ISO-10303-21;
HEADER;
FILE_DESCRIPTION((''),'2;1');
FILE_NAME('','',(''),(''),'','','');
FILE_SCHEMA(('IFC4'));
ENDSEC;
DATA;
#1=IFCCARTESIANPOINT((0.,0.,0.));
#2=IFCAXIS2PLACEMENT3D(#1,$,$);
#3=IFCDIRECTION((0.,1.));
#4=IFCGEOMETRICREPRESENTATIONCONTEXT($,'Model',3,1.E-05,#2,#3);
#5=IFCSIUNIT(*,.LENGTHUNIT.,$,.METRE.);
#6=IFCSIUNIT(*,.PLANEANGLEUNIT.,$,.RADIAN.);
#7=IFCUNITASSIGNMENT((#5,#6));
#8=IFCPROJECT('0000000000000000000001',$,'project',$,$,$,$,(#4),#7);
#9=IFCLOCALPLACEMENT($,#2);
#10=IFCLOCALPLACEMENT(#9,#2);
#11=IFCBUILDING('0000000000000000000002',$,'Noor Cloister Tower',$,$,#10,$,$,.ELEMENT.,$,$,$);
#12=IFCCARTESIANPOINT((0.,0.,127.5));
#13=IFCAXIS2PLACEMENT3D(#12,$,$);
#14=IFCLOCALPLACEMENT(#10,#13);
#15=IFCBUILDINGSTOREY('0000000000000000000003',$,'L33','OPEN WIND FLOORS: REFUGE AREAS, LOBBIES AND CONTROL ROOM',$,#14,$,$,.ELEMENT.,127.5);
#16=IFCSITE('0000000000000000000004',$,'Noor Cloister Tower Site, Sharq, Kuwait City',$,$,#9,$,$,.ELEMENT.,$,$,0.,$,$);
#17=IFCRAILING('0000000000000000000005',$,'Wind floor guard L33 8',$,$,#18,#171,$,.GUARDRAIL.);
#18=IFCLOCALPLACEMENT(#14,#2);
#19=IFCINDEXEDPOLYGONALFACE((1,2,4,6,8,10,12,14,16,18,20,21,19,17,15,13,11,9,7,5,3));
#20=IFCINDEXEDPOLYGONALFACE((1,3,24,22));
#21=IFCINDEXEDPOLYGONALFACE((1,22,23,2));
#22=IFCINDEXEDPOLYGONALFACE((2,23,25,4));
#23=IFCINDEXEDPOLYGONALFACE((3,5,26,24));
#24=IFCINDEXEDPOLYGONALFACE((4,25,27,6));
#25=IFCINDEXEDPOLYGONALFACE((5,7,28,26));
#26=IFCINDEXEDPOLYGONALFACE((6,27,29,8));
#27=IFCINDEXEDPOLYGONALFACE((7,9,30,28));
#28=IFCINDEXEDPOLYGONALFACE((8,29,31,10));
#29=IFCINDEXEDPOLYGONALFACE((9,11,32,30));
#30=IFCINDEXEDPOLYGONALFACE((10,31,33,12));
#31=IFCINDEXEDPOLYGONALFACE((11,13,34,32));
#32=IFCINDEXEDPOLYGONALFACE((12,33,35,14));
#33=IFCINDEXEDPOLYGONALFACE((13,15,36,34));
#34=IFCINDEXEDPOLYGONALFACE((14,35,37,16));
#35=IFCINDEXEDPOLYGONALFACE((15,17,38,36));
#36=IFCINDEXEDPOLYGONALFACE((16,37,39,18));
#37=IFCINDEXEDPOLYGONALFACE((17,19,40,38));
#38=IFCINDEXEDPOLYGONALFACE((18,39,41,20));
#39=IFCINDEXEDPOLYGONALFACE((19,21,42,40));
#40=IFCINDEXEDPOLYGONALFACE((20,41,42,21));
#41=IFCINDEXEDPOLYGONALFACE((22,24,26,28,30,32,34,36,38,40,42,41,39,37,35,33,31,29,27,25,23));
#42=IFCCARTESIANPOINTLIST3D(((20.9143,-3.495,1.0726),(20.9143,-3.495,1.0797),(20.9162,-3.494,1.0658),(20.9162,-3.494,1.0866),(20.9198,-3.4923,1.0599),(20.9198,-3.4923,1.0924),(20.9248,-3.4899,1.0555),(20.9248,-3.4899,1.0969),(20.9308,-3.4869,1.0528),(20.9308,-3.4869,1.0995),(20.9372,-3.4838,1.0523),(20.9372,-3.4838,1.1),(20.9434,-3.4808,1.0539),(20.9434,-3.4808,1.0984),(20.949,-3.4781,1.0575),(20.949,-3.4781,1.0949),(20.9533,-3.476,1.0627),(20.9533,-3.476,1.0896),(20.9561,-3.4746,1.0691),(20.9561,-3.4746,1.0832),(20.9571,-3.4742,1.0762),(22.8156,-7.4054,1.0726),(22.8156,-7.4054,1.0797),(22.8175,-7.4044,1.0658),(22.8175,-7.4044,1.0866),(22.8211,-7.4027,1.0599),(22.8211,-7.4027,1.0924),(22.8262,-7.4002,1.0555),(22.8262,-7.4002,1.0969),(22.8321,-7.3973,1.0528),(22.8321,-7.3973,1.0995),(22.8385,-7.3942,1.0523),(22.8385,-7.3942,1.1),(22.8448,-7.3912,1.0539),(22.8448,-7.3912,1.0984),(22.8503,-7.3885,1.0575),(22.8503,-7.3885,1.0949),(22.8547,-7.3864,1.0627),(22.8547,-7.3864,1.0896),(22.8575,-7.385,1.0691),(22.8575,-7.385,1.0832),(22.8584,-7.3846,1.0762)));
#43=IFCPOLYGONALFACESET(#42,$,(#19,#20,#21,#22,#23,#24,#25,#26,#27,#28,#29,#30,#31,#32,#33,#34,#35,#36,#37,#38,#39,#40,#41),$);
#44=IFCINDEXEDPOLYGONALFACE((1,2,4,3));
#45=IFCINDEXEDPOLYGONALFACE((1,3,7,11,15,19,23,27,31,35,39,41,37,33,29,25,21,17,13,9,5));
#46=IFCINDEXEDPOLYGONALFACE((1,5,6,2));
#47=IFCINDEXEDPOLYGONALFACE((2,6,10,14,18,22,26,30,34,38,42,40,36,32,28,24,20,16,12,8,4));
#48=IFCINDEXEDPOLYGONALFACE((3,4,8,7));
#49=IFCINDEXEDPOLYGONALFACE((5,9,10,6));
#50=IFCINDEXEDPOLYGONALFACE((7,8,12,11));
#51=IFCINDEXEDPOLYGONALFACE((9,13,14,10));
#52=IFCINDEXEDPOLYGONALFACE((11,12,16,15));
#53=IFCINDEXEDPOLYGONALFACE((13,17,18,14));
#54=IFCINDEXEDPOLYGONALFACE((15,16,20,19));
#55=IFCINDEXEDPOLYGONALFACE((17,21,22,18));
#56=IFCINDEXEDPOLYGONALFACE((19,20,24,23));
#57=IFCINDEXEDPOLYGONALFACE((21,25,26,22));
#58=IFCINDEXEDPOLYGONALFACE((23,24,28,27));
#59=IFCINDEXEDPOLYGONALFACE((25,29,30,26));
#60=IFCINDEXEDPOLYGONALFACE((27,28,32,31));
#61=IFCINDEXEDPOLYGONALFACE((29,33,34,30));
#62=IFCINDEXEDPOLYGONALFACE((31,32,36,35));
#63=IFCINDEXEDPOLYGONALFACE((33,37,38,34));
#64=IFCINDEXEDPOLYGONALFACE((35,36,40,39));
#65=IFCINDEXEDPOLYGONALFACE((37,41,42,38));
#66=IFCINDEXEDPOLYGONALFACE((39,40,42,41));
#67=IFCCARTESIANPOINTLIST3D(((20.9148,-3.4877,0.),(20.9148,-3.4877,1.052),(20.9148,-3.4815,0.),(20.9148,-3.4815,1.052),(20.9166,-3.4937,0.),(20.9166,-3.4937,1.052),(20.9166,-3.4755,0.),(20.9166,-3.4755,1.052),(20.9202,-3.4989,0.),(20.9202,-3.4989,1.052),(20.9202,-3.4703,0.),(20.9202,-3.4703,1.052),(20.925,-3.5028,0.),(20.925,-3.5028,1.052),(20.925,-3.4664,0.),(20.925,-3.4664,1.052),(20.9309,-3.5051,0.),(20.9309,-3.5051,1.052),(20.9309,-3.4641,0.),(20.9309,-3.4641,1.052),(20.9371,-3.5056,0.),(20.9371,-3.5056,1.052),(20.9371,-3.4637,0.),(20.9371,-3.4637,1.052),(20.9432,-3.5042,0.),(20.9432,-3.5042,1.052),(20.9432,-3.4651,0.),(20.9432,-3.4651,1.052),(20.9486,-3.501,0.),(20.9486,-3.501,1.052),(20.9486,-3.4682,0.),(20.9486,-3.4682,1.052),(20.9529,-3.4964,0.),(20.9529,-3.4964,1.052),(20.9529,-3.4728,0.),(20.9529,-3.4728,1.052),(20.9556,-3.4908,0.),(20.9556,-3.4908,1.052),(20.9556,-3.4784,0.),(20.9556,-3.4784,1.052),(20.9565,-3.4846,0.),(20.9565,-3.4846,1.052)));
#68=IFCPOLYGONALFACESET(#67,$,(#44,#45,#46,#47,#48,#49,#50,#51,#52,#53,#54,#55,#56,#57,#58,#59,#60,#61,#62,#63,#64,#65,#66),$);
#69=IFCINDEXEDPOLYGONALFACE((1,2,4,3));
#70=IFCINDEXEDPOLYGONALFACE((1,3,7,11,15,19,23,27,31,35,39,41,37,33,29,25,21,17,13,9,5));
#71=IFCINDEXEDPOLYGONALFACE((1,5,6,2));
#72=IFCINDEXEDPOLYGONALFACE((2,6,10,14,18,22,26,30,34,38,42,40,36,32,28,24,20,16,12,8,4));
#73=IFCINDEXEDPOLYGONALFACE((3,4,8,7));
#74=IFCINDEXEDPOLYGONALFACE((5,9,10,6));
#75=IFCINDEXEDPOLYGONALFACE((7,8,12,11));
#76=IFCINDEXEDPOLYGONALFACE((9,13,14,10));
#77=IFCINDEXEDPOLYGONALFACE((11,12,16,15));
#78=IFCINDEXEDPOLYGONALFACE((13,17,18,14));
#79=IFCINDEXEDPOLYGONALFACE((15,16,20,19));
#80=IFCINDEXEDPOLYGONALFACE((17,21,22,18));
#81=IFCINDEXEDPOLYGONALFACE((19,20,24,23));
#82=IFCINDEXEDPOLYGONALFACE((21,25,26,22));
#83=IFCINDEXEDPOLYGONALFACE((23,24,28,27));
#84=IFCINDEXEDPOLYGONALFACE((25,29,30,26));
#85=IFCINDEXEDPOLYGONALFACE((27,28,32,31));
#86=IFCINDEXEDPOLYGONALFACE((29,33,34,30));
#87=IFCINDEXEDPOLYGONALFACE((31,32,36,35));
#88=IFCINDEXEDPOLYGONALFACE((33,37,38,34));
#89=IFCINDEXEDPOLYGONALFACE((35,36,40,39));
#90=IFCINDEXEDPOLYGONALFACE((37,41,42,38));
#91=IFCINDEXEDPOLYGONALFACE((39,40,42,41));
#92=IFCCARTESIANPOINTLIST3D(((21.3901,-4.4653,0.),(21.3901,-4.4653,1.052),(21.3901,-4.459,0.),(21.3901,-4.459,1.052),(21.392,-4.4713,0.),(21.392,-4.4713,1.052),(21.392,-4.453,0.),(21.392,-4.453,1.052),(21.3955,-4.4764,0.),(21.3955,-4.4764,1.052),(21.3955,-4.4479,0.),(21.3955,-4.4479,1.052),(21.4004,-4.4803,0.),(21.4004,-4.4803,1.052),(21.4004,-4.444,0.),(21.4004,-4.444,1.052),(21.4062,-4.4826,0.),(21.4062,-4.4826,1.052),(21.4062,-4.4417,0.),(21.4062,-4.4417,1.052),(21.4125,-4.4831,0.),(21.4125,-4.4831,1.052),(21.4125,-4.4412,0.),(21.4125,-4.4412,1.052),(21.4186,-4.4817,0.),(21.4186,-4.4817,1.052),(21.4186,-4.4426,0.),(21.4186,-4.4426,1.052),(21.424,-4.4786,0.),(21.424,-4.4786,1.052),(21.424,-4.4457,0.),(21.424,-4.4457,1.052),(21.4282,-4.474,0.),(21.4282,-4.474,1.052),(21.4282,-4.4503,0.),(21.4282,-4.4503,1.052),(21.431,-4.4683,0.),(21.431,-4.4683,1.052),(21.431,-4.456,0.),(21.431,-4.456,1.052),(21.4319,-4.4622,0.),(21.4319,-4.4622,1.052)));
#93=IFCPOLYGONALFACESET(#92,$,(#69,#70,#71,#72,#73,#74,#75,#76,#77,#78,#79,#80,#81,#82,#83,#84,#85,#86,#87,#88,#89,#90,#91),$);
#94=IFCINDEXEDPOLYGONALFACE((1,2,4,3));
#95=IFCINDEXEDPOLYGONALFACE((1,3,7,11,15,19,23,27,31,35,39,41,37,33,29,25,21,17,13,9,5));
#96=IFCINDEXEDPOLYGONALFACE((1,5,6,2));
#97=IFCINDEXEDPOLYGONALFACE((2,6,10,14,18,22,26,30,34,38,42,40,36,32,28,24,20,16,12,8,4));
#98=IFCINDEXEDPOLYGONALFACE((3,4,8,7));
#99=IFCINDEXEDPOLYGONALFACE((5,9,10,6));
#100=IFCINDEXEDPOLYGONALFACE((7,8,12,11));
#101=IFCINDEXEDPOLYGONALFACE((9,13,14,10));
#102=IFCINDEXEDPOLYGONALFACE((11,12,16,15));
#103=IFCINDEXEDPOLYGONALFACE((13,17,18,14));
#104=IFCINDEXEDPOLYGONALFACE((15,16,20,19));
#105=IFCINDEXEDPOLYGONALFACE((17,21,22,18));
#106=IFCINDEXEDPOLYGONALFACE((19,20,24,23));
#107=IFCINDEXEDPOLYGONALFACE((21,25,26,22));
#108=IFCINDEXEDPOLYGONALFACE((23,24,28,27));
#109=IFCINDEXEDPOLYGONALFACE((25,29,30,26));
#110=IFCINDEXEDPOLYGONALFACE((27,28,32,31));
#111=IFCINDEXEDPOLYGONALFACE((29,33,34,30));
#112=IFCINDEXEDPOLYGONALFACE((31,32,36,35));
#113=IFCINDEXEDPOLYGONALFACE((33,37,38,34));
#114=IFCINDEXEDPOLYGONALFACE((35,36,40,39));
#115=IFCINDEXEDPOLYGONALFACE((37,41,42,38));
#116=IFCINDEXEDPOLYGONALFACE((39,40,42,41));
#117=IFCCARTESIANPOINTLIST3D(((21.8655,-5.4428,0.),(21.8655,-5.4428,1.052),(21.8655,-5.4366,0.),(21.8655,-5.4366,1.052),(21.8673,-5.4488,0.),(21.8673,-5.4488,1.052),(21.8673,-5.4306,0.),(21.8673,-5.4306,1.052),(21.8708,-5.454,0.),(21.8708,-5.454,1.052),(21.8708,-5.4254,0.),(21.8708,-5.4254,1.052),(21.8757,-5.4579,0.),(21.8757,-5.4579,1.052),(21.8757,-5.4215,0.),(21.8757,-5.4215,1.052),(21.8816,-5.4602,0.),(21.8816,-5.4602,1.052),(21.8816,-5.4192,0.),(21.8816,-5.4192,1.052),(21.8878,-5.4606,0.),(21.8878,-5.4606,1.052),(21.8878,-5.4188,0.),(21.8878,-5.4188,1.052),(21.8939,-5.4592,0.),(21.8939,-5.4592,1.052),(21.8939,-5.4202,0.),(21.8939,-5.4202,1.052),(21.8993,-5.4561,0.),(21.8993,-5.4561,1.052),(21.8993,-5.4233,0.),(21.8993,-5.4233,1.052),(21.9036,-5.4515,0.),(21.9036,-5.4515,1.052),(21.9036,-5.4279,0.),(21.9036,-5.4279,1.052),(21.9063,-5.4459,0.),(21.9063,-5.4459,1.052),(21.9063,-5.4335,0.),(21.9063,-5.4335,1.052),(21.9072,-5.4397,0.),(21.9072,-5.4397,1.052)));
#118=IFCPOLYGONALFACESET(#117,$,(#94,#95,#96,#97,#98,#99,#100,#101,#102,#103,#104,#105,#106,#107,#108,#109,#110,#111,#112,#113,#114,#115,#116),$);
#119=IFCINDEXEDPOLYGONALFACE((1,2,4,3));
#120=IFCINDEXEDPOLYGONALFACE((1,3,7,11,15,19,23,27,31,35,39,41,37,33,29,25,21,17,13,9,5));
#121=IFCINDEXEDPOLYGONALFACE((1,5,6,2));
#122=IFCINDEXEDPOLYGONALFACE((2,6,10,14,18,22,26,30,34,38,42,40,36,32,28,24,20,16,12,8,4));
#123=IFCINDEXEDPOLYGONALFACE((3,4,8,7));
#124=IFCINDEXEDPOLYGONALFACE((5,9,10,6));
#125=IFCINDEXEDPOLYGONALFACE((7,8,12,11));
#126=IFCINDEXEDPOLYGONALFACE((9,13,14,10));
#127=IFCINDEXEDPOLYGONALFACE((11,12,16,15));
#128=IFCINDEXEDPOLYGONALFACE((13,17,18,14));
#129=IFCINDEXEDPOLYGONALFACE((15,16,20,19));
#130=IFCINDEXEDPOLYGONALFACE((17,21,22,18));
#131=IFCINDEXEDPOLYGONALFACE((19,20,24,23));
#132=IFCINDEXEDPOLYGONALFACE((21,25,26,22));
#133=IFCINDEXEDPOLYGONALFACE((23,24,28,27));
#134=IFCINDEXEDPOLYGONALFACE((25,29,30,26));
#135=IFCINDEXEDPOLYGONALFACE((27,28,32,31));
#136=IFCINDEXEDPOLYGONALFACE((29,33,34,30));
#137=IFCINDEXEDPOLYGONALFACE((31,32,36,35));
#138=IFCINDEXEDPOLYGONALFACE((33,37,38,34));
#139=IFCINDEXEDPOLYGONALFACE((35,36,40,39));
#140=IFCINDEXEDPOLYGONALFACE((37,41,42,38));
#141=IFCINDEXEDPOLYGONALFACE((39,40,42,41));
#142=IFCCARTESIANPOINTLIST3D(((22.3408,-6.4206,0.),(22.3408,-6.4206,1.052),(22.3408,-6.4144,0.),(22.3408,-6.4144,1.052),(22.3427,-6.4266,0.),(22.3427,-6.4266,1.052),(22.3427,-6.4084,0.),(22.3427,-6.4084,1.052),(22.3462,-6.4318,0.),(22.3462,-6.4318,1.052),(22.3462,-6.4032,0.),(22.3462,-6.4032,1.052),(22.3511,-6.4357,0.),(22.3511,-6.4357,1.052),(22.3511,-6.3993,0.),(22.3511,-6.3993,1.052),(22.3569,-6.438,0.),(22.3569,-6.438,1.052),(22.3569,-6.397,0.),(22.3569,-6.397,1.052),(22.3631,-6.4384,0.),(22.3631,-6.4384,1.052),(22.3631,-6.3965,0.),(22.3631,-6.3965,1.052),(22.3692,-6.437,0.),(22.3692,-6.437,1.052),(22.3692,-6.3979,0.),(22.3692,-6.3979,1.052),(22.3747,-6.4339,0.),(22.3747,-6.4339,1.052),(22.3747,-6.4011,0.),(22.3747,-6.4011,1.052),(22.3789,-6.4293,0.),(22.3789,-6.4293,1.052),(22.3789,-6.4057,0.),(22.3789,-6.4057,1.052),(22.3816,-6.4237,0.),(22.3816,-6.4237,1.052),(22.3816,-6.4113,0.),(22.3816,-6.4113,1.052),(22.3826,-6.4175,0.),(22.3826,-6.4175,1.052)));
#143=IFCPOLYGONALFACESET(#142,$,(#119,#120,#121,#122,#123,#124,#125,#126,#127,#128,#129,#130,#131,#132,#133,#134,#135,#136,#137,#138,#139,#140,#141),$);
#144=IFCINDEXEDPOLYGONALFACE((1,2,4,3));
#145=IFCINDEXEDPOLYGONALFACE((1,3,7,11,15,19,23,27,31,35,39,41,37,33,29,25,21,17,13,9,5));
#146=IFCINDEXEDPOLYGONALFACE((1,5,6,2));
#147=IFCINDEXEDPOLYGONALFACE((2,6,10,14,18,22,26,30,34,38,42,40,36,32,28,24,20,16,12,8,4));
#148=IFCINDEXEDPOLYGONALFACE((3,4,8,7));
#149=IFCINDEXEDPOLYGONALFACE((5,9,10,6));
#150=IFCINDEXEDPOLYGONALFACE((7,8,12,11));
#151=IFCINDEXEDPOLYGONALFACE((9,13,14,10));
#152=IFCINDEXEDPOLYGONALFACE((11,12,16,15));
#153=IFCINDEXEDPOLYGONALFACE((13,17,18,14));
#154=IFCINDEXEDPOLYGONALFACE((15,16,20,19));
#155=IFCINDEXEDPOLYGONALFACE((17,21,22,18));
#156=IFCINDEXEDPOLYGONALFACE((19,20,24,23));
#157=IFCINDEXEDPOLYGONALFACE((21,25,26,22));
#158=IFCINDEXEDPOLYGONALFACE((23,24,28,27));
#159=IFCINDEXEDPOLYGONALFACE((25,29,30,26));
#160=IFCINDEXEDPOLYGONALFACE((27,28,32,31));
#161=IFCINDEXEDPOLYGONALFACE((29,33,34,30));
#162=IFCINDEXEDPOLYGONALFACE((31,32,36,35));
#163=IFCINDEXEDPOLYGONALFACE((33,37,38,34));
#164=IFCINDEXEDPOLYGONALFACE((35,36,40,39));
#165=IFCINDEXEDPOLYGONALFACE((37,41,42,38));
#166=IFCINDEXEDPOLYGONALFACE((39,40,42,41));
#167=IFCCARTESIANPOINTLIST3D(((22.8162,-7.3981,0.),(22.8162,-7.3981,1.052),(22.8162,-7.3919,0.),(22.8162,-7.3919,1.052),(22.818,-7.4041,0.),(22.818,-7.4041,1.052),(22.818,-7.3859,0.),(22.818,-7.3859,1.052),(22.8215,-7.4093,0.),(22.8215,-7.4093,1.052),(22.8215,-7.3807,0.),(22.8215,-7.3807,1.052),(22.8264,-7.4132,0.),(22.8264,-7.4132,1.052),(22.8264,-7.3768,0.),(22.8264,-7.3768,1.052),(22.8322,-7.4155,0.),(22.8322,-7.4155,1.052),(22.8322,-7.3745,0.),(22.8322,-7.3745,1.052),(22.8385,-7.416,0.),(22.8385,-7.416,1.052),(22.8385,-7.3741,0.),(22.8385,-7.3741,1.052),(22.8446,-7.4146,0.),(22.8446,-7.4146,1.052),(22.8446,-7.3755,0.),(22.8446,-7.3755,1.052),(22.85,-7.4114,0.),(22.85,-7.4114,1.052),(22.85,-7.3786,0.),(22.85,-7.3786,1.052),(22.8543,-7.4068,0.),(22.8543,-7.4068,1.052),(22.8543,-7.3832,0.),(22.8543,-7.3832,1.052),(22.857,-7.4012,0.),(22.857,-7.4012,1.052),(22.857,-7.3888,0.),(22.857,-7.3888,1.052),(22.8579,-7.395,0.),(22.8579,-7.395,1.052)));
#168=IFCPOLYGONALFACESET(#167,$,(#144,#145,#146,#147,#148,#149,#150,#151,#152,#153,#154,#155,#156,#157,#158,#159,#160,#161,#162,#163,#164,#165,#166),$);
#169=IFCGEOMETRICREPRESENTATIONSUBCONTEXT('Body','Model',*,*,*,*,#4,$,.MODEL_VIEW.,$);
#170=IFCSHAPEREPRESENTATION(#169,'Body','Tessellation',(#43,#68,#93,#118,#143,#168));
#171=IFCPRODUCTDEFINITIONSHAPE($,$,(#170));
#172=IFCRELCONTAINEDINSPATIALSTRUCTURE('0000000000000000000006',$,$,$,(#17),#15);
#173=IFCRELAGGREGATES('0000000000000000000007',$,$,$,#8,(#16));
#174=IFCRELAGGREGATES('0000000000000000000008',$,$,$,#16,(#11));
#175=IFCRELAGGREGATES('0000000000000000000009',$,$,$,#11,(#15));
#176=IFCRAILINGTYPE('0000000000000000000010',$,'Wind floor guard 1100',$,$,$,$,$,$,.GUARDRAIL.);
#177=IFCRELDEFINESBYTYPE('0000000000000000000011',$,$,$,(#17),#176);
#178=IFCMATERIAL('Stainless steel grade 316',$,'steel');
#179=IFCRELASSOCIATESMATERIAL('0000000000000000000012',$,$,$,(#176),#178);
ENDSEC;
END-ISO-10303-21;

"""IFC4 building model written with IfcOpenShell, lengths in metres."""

from ifc_helpers import new_model, si_unit, direction, frame, origin, origin_2d, place, context, subcontext, project, spatial, circle, extrude, material, type_object, element, save


model = new_model("IFC4")

# Units and contexts
model_context = context("Model", 3, precision=1e-05, world=origin(), true_north=direction((0.0, 1.0)))
body_context = subcontext(model_context, "Body", "Model", "MODEL_VIEW")
ifc_project = project(units=[si_unit("LENGTHUNIT", "METRE"), si_unit("PLANEANGLEUNIT", "RADIAN")], contexts=[model_context])

# Site, building, storey
site_placement = place(None, origin())
site = spatial("IfcSite", under=ifc_project, at=site_placement, Name="Noor Cloister Tower Site, Sharq, Kuwait City", CompositionType="ELEMENT", RefElevation=0.0)
building_placement = place(site_placement, origin())
building = spatial("IfcBuilding", under=site, at=building_placement, Name="Noor Cloister Tower", CompositionType="ELEMENT")
storey_placement = place(building_placement, frame((0.0, 0.0, 127.5)))
storey = spatial("IfcBuildingStorey", under=building, at=storey_placement, Name="L33", Description="OPEN WIND FLOORS: REFUGE AREAS, LOBBIES AND CONTROL ROOM", CompositionType="ELEMENT", Elevation=127.5)

# Railing
ifc_material_1 = material(Name="Stainless steel grade 316", Category="steel")
railing_type_1 = type_object("IfcRailingType", Name="Wind floor guard 1100", PredefinedType="GUARDRAIL", material=ifc_material_1)
railing_1_placement = place(storey_placement, frame((20.9355, -3.4846, 0.0)))
element("IfcRailing", 1, at=railing_1_placement, inside=storey, type_object=railing_type_1, Name="Wind floor guard L33 8", PredefinedType="GUARDRAIL", context=body_context, shape_type="SweptSolid", body=[
    extrude(circle(Radius=0.0239, at=origin_2d()), frame((0.0, 0.0, 1.0762), z_axis=(0.437282, -0.899325, 0.0), x_axis=(0.899325, 0.437282, 0.0)), (0.0, 0.0, 1.0), 4.3481),
    extrude(circle(Radius=0.021, at=origin_2d()), origin(), (0.0, 0.0, 1.0), 1.052),
    extrude(circle(Radius=0.021, at=origin_2d()), frame((0.4753, -0.9775, 0.0)), (0.0, 0.0, 1.0), 1.052),
    extrude(circle(Radius=0.021, at=origin_2d()), frame((0.9507, -1.9551, 0.0)), (0.0, 0.0, 1.0), 1.052),
    extrude(circle(Radius=0.021, at=origin_2d()), frame((1.426, -2.9329, 0.0)), (0.0, 0.0, 1.0), 1.052),
    extrude(circle(Radius=0.021, at=origin_2d()), frame((1.9014, -3.9104, 0.0)), (0.0, 0.0, 1.0), 1.052),
])

save(model, "model.ifc")
